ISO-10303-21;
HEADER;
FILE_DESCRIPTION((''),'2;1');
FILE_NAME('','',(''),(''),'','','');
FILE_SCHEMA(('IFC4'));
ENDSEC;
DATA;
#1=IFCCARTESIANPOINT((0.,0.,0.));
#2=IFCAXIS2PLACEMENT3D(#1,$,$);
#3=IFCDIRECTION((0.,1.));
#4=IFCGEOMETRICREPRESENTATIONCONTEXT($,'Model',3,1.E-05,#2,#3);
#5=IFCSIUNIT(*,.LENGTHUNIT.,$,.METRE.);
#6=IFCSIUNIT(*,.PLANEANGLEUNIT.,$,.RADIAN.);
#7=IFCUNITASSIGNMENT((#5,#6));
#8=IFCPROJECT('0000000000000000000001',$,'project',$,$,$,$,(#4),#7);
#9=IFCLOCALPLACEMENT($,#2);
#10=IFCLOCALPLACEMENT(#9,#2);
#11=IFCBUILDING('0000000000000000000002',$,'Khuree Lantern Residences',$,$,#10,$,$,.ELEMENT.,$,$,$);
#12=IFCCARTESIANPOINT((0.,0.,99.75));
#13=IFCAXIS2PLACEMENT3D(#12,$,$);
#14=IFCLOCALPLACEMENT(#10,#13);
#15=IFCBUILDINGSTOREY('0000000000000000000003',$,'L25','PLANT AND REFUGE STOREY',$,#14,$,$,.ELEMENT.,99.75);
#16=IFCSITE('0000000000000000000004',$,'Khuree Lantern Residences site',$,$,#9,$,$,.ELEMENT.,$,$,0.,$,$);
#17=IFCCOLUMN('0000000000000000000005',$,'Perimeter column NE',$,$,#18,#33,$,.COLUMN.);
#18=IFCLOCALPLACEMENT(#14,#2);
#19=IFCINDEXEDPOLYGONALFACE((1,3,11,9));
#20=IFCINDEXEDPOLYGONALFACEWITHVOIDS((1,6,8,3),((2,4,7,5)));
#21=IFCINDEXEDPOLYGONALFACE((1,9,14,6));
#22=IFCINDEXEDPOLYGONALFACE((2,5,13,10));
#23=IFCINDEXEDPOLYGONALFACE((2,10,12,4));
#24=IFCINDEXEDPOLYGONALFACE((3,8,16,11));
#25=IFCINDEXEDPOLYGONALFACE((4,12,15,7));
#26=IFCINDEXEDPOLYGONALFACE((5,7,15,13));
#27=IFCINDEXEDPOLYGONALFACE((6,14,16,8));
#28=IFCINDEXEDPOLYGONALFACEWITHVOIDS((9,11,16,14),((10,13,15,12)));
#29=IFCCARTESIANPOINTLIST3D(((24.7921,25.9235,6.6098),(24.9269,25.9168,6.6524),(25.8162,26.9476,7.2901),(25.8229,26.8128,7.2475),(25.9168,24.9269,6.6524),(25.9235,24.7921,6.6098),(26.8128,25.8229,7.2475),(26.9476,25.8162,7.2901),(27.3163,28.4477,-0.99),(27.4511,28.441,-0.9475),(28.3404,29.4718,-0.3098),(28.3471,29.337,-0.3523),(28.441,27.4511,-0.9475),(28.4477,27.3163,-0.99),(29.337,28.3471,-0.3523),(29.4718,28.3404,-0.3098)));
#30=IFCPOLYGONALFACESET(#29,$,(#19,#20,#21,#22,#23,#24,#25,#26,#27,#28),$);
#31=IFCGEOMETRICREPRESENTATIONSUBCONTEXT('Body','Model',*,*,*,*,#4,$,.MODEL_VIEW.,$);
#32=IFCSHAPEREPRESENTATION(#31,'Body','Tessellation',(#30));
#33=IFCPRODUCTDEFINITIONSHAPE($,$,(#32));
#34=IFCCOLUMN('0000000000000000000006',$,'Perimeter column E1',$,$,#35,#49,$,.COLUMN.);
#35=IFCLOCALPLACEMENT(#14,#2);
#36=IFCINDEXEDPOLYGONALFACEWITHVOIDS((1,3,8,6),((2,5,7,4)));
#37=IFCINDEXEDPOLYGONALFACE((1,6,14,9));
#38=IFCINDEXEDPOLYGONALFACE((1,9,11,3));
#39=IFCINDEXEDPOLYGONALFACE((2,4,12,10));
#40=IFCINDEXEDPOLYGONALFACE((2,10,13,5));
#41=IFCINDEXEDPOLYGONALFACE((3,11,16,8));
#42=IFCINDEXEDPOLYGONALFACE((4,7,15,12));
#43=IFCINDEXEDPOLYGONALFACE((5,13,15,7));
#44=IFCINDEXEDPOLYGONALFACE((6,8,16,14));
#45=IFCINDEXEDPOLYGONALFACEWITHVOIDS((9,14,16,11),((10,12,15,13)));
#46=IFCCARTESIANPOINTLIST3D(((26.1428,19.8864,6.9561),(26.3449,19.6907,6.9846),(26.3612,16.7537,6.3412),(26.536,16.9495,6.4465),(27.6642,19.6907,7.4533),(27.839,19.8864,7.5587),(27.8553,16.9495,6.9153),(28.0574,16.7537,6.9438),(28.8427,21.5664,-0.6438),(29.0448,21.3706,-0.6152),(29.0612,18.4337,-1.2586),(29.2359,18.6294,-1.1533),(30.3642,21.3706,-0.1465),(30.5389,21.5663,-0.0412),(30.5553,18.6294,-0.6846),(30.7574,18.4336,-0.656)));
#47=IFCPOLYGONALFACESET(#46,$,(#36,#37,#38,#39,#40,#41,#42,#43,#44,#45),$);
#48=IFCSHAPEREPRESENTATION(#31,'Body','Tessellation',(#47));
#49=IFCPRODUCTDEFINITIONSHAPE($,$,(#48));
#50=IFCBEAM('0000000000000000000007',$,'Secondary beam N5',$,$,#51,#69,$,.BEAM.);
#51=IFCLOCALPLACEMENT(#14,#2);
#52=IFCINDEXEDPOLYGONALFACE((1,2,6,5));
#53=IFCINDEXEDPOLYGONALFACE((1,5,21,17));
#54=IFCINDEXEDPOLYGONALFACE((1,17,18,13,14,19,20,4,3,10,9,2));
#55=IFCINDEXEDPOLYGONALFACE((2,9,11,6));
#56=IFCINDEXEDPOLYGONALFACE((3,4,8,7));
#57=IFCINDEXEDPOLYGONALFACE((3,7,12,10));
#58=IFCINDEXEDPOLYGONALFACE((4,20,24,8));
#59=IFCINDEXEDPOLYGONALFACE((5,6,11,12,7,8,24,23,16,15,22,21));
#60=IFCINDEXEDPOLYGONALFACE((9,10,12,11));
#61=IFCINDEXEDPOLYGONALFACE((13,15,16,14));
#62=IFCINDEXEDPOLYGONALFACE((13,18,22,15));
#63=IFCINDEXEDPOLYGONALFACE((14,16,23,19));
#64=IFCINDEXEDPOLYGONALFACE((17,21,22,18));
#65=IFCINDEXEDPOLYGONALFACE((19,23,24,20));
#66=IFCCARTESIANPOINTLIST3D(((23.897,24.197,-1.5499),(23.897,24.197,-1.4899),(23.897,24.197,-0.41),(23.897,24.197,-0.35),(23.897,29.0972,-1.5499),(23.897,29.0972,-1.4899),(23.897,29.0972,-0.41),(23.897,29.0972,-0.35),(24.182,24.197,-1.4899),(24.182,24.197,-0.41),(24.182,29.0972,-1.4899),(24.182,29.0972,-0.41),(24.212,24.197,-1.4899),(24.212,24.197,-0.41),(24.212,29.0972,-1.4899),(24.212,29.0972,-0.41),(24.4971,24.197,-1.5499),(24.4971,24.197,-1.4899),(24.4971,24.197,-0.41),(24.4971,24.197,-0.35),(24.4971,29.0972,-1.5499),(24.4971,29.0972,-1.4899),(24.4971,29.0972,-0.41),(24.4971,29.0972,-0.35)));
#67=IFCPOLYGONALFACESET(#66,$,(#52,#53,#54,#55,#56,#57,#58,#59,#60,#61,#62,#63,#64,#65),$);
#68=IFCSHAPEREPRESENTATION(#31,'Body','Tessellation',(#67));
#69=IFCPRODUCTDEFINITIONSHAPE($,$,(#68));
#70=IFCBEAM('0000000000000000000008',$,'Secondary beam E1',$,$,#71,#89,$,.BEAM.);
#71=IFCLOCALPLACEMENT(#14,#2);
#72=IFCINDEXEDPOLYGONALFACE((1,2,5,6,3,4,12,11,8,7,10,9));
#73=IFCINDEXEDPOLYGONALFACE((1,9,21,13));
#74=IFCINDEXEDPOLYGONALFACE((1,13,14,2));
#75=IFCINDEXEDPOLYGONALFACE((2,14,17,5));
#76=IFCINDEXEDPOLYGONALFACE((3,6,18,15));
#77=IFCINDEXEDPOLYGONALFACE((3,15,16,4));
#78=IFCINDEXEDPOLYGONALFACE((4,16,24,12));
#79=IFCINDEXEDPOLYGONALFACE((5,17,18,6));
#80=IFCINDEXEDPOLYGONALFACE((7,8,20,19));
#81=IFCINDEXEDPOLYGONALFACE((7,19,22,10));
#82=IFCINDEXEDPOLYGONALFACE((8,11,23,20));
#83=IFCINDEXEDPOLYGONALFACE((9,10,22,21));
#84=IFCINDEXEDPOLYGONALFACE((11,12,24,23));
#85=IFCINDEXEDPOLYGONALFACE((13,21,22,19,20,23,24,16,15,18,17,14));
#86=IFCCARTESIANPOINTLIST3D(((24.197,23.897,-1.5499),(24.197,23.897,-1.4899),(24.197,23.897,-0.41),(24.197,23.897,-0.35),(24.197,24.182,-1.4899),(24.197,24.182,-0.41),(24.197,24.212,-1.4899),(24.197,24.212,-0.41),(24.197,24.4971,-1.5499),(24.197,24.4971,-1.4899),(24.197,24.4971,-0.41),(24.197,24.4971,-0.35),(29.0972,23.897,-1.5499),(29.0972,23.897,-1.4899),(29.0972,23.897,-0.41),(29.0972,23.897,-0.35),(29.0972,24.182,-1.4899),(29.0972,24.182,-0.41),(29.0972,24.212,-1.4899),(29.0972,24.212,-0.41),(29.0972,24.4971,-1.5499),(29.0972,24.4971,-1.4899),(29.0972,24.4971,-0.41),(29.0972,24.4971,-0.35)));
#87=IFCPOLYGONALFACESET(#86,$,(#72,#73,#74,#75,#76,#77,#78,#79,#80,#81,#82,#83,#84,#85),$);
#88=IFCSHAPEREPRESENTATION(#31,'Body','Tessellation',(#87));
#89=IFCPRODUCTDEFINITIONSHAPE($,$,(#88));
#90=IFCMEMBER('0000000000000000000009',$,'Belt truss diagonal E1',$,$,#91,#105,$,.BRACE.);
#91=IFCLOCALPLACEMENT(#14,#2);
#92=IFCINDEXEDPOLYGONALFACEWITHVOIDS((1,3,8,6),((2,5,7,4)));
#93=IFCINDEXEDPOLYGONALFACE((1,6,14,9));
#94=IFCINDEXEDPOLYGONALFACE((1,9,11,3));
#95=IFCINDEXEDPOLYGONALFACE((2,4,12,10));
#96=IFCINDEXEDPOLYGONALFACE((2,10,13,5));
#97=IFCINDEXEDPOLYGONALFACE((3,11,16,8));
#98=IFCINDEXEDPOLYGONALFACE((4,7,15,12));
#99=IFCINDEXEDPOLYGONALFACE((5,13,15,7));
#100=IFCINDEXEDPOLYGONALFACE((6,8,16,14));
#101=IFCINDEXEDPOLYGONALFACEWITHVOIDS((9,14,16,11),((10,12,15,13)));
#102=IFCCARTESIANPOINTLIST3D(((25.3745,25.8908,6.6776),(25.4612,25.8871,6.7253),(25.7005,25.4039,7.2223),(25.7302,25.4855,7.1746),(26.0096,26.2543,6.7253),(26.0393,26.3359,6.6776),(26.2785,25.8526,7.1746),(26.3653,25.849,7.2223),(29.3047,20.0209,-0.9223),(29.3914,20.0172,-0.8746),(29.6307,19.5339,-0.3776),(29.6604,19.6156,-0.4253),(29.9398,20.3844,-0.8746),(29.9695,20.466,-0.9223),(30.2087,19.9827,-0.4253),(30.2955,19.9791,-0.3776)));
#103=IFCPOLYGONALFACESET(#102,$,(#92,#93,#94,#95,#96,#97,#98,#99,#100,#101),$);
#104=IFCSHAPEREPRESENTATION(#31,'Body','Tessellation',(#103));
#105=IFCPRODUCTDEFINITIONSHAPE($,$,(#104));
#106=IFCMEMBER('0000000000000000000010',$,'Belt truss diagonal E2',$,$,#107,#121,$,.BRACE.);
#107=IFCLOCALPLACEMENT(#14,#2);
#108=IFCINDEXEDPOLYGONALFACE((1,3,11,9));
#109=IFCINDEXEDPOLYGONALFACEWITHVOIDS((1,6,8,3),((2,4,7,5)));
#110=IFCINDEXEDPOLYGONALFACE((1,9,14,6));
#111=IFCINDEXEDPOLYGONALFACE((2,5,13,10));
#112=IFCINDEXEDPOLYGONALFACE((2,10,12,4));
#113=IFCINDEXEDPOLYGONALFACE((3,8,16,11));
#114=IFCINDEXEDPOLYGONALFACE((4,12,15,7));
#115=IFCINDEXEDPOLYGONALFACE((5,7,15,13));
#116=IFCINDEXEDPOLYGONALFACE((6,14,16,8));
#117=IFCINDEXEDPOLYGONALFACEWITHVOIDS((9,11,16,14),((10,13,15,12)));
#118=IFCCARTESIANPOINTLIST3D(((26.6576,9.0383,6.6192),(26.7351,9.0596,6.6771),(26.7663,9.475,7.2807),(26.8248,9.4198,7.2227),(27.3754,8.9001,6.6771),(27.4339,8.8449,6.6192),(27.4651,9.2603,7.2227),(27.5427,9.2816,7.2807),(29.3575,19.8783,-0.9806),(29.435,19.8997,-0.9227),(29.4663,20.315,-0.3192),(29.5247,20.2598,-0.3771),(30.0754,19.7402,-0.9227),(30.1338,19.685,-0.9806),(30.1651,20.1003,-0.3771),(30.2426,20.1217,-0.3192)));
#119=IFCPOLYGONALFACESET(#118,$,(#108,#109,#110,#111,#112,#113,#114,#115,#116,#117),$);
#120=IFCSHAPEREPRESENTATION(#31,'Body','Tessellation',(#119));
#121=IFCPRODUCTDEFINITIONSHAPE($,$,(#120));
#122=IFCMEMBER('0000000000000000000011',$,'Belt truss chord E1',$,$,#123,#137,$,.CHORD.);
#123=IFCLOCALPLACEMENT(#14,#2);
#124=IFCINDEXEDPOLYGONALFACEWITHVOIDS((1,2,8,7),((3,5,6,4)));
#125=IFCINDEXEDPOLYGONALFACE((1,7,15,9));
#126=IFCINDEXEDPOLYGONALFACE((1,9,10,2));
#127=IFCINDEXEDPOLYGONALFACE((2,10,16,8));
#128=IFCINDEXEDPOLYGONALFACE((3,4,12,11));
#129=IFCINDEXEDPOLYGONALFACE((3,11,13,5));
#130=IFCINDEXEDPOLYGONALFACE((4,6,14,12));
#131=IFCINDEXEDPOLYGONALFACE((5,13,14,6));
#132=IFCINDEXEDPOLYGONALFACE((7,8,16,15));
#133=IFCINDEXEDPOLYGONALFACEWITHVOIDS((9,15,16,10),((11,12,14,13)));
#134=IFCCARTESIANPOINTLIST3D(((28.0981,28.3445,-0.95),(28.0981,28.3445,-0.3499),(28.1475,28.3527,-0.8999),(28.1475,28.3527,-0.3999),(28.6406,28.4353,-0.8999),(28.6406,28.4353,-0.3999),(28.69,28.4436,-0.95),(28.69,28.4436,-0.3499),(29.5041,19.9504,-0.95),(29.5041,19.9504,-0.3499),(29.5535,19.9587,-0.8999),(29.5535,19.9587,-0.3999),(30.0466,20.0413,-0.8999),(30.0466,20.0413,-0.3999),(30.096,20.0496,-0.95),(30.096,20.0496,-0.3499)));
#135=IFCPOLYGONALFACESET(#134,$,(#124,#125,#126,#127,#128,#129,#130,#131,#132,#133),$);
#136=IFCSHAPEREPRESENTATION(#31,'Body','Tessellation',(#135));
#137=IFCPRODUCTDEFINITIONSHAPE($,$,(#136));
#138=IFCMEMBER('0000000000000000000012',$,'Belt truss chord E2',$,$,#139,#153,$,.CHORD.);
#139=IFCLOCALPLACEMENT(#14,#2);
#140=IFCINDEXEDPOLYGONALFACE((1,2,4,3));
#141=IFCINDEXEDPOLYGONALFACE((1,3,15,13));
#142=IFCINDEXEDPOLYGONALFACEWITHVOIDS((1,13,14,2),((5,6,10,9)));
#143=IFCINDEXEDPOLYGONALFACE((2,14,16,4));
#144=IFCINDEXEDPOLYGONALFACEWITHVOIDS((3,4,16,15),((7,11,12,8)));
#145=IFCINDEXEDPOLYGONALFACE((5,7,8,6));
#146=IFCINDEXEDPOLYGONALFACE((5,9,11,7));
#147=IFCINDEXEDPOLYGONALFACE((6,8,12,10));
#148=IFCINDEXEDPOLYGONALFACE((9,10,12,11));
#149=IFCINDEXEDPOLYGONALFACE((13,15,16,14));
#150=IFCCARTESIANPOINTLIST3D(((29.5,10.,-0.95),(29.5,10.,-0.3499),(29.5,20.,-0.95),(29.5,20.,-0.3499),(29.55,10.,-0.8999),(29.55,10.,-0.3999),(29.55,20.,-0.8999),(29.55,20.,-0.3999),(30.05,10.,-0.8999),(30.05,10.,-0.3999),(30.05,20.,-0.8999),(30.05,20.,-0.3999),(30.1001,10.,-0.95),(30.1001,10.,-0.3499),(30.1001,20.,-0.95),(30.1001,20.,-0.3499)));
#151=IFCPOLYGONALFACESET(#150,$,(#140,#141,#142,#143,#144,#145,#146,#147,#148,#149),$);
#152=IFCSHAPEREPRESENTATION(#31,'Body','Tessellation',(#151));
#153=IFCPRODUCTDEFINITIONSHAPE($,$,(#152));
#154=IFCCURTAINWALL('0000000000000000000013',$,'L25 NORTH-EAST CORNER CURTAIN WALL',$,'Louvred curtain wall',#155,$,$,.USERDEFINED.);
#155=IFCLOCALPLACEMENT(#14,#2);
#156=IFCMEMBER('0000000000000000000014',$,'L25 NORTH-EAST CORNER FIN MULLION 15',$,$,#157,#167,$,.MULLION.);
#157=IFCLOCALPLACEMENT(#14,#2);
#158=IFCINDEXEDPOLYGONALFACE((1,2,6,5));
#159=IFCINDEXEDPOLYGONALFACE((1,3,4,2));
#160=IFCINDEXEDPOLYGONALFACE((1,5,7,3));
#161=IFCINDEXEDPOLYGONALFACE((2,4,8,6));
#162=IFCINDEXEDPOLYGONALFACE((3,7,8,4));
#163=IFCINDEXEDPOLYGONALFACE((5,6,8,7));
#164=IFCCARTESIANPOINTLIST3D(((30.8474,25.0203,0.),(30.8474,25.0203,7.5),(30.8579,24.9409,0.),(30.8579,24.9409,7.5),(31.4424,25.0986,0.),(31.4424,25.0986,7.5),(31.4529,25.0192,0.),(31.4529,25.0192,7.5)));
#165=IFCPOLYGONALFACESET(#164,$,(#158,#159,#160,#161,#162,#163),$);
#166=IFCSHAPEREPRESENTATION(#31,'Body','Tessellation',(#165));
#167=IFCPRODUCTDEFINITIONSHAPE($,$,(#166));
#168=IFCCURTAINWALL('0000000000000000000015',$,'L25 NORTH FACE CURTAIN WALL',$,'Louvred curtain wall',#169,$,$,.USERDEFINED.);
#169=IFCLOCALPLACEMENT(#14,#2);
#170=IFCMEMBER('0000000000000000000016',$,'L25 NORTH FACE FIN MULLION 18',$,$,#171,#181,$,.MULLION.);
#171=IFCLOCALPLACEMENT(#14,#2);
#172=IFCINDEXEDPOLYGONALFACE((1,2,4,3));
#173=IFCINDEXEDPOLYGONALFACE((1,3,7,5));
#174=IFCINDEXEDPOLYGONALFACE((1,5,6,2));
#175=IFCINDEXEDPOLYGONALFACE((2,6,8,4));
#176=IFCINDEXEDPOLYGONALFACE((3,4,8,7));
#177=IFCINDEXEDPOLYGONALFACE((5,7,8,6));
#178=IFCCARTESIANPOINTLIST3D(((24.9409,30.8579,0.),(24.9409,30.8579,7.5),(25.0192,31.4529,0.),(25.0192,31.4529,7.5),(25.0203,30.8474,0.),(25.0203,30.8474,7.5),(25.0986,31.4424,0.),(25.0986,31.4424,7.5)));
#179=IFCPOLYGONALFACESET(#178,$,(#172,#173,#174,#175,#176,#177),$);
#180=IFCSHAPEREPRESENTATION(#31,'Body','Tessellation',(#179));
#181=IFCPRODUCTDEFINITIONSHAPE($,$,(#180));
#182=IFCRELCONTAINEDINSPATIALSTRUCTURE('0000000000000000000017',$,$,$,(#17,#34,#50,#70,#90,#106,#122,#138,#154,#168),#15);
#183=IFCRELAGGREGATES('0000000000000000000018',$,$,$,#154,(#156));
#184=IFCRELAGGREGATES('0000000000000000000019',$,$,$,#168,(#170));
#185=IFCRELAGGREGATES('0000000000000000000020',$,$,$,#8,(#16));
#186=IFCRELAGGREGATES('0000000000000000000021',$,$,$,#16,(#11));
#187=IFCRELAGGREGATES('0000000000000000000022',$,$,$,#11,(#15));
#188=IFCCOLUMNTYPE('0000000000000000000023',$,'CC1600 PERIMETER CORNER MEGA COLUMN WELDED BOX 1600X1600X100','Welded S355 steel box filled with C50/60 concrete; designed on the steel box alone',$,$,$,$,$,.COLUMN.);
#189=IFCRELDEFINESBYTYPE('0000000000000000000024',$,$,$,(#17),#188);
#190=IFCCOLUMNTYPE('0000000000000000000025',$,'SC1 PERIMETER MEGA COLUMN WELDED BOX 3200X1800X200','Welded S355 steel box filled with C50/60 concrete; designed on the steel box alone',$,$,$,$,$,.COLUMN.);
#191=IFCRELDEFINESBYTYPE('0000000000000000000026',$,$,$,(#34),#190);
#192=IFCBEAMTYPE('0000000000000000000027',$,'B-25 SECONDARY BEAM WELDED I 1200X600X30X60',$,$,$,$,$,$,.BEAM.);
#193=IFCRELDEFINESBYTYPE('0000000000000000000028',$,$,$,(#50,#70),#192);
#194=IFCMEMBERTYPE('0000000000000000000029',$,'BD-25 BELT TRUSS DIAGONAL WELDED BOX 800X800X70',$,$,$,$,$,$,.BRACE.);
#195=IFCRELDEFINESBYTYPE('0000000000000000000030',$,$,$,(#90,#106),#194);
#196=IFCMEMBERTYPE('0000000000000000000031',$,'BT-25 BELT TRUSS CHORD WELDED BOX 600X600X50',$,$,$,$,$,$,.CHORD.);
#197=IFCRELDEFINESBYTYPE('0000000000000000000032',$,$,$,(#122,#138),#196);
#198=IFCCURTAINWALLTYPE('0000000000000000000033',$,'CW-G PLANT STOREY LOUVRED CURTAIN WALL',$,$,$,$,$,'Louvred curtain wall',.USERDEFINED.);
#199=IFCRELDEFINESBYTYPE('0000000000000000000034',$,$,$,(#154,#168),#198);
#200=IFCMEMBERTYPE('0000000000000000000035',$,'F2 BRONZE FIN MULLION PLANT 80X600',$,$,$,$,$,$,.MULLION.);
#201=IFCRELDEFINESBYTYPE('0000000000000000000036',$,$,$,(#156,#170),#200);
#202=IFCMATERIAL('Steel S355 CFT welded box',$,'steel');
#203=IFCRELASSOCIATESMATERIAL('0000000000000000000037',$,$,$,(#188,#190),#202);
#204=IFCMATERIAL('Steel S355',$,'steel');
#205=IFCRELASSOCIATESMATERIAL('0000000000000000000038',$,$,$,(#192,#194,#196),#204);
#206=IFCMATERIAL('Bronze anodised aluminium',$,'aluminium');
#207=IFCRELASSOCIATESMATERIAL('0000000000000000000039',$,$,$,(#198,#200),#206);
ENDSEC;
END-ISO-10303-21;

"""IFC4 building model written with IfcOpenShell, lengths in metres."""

from ifc_helpers import new_model, si_unit, direction, frame, origin, origin_2d, place, context, subcontext, project, spatial, rectangle, hollow_rectangle, i_section, extrude, material, material_profile, profile_set, type_object, element, aggregate, save


model = new_model("IFC4")

# Units and contexts
model_context = context("Model", 3, precision=1e-05, world=origin(), true_north=direction((0.0, 1.0)))
body_context = subcontext(model_context, "Body", "Model", "MODEL_VIEW")
ifc_project = project(units=[si_unit("LENGTHUNIT", "METRE"), si_unit("PLANEANGLEUNIT", "RADIAN")], contexts=[model_context])

# Site, building, storey
site_placement = place(None, origin())
site = spatial("IfcSite", under=ifc_project, at=site_placement, Name="Khuree Lantern Residences site", CompositionType="ELEMENT", RefElevation=0.0)
building_placement = place(site_placement, origin())
building = spatial("IfcBuilding", under=site, at=building_placement, Name="Khuree Lantern Residences", CompositionType="ELEMENT")
storey_placement = place(building_placement, frame((0.0, 0.0, 99.75)))
storey = spatial("IfcBuildingStorey", under=building, at=storey_placement, Name="L25", Description="PLANT AND REFUGE STOREY", CompositionType="ELEMENT", Elevation=99.75)

# Columns
ifc_material_1 = material(Name="Steel S355 CFT welded box", Category="steel")
ifc_material_profile_1 = material_profile(ifc_material_1, hollow_rectangle(XDim=1.6001, YDim=1.6001, WallThickness=0.1001, at=origin_2d()), Name="WELDED BOX 1600X1600X100")
ifc_profile_set_1 = profile_set([ifc_material_profile_1], Name="Steel S355 CFT welded box")
column_type_1 = type_object("IfcColumnType", Name="CC1600 PERIMETER CORNER MEGA COLUMN WELDED BOX 1600X1600X100", Description="Welded S355 steel box filled with C50/60 concrete; designed on the steel box alone", PredefinedType="COLUMN", material=ifc_profile_set_1)
column_1_placement = place(storey_placement, frame((28.394, 28.394, -0.6499), z_axis=(-0.300623, -0.300623, 0.905125), x_axis=(0.707107, -0.707107, 0.0)))
element("IfcColumn", 1, at=column_1_placement, inside=storey, type_object=column_type_1, Name="Perimeter column NE", PredefinedType="COLUMN", context=body_context, shape_type="SweptSolid", body=[
    extrude(hollow_rectangle(XDim=1.6001, YDim=1.6001, WallThickness=0.1001, at=origin_2d()), origin(), (0.0, 0.0, 1.0), 8.3965),
])
ifc_material_profile_2 = material_profile(ifc_material_1, hollow_rectangle(XDim=3.2, YDim=1.8, WallThickness=0.2, at=origin_2d()), Name="WELDED BOX 3200X1800X200")
ifc_profile_set_2 = profile_set([ifc_material_profile_2], Name="Steel S355 CFT welded box")
column_type_2 = type_object("IfcColumnType", Name="SC1 PERIMETER MEGA COLUMN WELDED BOX 3200X1800X200", Description="Welded S355 steel box filled with C50/60 concrete; designed on the steel box alone", PredefinedType="COLUMN", material=ifc_profile_set_2)
column_2_placement = place(storey_placement, frame((29.8, 20.0, -0.6499), z_axis=(-0.327731, -0.203917, 0.922502), x_axis=(-0.068256, 0.978988, 0.192155)))
element("IfcColumn", 2, at=column_2_placement, inside=storey, type_object=column_type_2, Name="Perimeter column E1", PredefinedType="COLUMN", context=body_context, shape_type="SweptSolid", body=[
    extrude(hollow_rectangle(XDim=3.2, YDim=1.8, WallThickness=0.2, at=origin_2d()), origin(), (0.0, 0.0, 1.0), 8.2383),
])

# Beams
ifc_material_2 = material(Name="Steel S355", Category="steel")
ifc_material_profile_3 = material_profile(ifc_material_2, i_section(OverallWidth=0.6001, OverallDepth=1.2, WebThickness=0.03, FlangeThickness=0.0601, at=origin_2d()), Name="WELDED I 1200X600X30X60")
ifc_profile_set_3 = profile_set([ifc_material_profile_3], Name="Steel S355")
beam_type_1 = type_object("IfcBeamType", Name="B-25 SECONDARY BEAM WELDED I 1200X600X30X60", PredefinedType="BEAM", material=ifc_profile_set_3)
for number, where, z_axis, x_axis, name in (
    (3, (24.197, 29.0972, -0.95), (0.0, -1.0, 0.0), (1.0, 0.0, 0.0), "Secondary beam N5"),
    (4, (29.0972, 24.197, -0.95), (-1.0, 0.0, 0.0), (0.0, -1.0, 0.0), "Secondary beam E1"),
):
    element("IfcBeam", number, at=place(storey_placement, frame(where, z_axis=z_axis, x_axis=x_axis)), inside=storey, type_object=beam_type_1, Name=name, PredefinedType="BEAM", context=body_context, shape_type="SweptSolid", body=[
        extrude(i_section(OverallWidth=0.6001, OverallDepth=1.2, WebThickness=0.03, FlangeThickness=0.0601, at=origin_2d()), origin(), (0.0, 0.0, 1.0), 4.9001),
    ])

# Members
ifc_material_profile_4 = material_profile(ifc_material_2, hollow_rectangle(XDim=0.8, YDim=0.8, WallThickness=0.0701, at=origin_2d()), Name="WELDED BOX 800X800X70")
ifc_profile_set_4 = profile_set([ifc_material_profile_4], Name="Steel S355")
member_type_1 = type_object("IfcMemberType", Name="BD-25 BELT TRUSS DIAGONAL WELDED BOX 800X800X70", PredefinedType="BRACE", material=ifc_profile_set_4)
member_1_placement = place(storey_placement, frame((25.8699, 25.8699, 6.95), z_axis=(0.378779, -0.565721, -0.732452), x_axis=(0.830943, 0.556358, 0.0)))
element("IfcMember", 5, at=member_1_placement, inside=storey, type_object=member_type_1, Name="Belt truss diagonal E1", PredefinedType="BRACE", context=body_context, shape_type="SweptSolid", body=[
    extrude(hollow_rectangle(XDim=0.8, YDim=0.8, WallThickness=0.0701, at=origin_2d()), origin(), (0.0, 0.0, 1.0), 10.376),
])
member_2_placement = place(storey_placement, frame((29.8, 20.0, -0.6499), z_axis=(-0.199829, -0.802298, 0.562482), x_axis=(0.970354, -0.241687, 0.0)))
element("IfcMember", 6, at=member_2_placement, inside=storey, type_object=member_type_1, Name="Belt truss diagonal E2", PredefinedType="BRACE", context=body_context, shape_type="SweptSolid", body=[
    extrude(hollow_rectangle(XDim=0.8, YDim=0.8, WallThickness=0.0701, at=origin_2d()), origin(), (0.0, 0.0, 1.0), 13.5112),
])
ifc_material_profile_5 = material_profile(ifc_material_2, hollow_rectangle(XDim=0.6001, YDim=0.6001, WallThickness=0.05, at=origin_2d()), Name="WELDED BOX 600X600X50")
ifc_profile_set_5 = profile_set([ifc_material_profile_5], Name="Steel S355")
member_type_2 = type_object("IfcMemberType", Name="BT-25 BELT TRUSS CHORD WELDED BOX 600X600X50", PredefinedType="CHORD", material=ifc_profile_set_5)
member_3_placement = place(storey_placement, frame((28.394, 28.394, -0.6499), z_axis=(0.165199, -0.98626, 0.0), x_axis=(0.98626, 0.165199, 0.0)))
element("IfcMember", 7, at=member_3_placement, inside=storey, type_object=member_type_2, Name="Belt truss chord E1", PredefinedType="CHORD", context=body_context, shape_type="SweptSolid", body=[
    extrude(hollow_rectangle(XDim=0.6001, YDim=0.6001, WallThickness=0.05, at=origin_2d()), origin(), (0.0, 0.0, 1.0), 8.511),
])
member_4_placement = place(storey_placement, frame((29.8, 20.0, -0.6499), z_axis=(0.0, -1.0, 0.0), x_axis=(1.0, 0.0, 0.0)))
element("IfcMember", 8, at=member_4_placement, inside=storey, type_object=member_type_2, Name="Belt truss chord E2", PredefinedType="CHORD", context=body_context, shape_type="SweptSolid", body=[
    extrude(hollow_rectangle(XDim=0.6001, YDim=0.6001, WallThickness=0.05, at=origin_2d()), origin(), (0.0, 0.0, 1.0), 10.0),
])

# Curtain walls, members
ifc_material_3 = material(Name="Bronze anodised aluminium", Category="aluminium")
curtain_wall_type = type_object("IfcCurtainWallType", Name="CW-G PLANT STOREY LOUVRED CURTAIN WALL", ElementType="Louvred curtain wall", PredefinedType="USERDEFINED", material=ifc_material_3)
curtain_wall_1_placement = place(storey_placement, origin())
curtain_wall_1 = element("IfcCurtainWall", 9, at=curtain_wall_1_placement, inside=storey, type_object=curtain_wall_type, Name="L25 NORTH-EAST CORNER CURTAIN WALL", ObjectType="Louvred curtain wall", PredefinedType="USERDEFINED")
ifc_material_profile_6 = material_profile(ifc_material_3, rectangle(XDim=0.0801, YDim=0.6001, at=origin_2d()), Name="F2 80X600")
ifc_profile_set_6 = profile_set([ifc_material_profile_6], Name="Bronze anodised aluminium")
member_type_3 = type_object("IfcMemberType", Name="F2 BRONZE FIN MULLION PLANT 80X600", PredefinedType="MULLION", material=ifc_profile_set_6)
member_5_placement = place(storey_placement, frame((31.1501, 25.0198, 0.0), z_axis=(0.0, 0.0, 1.0), x_axis=(-0.130526, 0.991445, 0.0)))
member_5 = element("IfcMember", 10, at=member_5_placement, type_object=member_type_3, Name="L25 NORTH-EAST CORNER FIN MULLION 15", PredefinedType="MULLION", context=body_context, shape_type="SweptSolid", body=[
    extrude(rectangle(XDim=0.0801, YDim=0.6001, at=origin_2d()), origin(), (0.0, 0.0, 1.0), 7.5),
])
curtain_wall_2_placement = place(storey_placement, origin())
curtain_wall_2 = element("IfcCurtainWall", 11, at=curtain_wall_2_placement, inside=storey, type_object=curtain_wall_type, Name="L25 NORTH FACE CURTAIN WALL", ObjectType="Louvred curtain wall", PredefinedType="USERDEFINED")
member_6_placement = place(storey_placement, frame((25.0198, 31.1501, 0.0), z_axis=(0.0, 0.0, 1.0), x_axis=(-0.991445, 0.130526, 0.0)))
member_6 = element("IfcMember", 12, at=member_6_placement, type_object=member_type_3, Name="L25 NORTH FACE FIN MULLION 18", PredefinedType="MULLION", context=body_context, shape_type="SweptSolid", body=[
    extrude(rectangle(XDim=0.0801, YDim=0.6001, at=origin_2d()), origin(), (0.0, 0.0, 1.0), 7.5),
])

aggregate(curtain_wall_1, [member_5])
aggregate(curtain_wall_2, [member_6])

save(model, "model.ifc")
